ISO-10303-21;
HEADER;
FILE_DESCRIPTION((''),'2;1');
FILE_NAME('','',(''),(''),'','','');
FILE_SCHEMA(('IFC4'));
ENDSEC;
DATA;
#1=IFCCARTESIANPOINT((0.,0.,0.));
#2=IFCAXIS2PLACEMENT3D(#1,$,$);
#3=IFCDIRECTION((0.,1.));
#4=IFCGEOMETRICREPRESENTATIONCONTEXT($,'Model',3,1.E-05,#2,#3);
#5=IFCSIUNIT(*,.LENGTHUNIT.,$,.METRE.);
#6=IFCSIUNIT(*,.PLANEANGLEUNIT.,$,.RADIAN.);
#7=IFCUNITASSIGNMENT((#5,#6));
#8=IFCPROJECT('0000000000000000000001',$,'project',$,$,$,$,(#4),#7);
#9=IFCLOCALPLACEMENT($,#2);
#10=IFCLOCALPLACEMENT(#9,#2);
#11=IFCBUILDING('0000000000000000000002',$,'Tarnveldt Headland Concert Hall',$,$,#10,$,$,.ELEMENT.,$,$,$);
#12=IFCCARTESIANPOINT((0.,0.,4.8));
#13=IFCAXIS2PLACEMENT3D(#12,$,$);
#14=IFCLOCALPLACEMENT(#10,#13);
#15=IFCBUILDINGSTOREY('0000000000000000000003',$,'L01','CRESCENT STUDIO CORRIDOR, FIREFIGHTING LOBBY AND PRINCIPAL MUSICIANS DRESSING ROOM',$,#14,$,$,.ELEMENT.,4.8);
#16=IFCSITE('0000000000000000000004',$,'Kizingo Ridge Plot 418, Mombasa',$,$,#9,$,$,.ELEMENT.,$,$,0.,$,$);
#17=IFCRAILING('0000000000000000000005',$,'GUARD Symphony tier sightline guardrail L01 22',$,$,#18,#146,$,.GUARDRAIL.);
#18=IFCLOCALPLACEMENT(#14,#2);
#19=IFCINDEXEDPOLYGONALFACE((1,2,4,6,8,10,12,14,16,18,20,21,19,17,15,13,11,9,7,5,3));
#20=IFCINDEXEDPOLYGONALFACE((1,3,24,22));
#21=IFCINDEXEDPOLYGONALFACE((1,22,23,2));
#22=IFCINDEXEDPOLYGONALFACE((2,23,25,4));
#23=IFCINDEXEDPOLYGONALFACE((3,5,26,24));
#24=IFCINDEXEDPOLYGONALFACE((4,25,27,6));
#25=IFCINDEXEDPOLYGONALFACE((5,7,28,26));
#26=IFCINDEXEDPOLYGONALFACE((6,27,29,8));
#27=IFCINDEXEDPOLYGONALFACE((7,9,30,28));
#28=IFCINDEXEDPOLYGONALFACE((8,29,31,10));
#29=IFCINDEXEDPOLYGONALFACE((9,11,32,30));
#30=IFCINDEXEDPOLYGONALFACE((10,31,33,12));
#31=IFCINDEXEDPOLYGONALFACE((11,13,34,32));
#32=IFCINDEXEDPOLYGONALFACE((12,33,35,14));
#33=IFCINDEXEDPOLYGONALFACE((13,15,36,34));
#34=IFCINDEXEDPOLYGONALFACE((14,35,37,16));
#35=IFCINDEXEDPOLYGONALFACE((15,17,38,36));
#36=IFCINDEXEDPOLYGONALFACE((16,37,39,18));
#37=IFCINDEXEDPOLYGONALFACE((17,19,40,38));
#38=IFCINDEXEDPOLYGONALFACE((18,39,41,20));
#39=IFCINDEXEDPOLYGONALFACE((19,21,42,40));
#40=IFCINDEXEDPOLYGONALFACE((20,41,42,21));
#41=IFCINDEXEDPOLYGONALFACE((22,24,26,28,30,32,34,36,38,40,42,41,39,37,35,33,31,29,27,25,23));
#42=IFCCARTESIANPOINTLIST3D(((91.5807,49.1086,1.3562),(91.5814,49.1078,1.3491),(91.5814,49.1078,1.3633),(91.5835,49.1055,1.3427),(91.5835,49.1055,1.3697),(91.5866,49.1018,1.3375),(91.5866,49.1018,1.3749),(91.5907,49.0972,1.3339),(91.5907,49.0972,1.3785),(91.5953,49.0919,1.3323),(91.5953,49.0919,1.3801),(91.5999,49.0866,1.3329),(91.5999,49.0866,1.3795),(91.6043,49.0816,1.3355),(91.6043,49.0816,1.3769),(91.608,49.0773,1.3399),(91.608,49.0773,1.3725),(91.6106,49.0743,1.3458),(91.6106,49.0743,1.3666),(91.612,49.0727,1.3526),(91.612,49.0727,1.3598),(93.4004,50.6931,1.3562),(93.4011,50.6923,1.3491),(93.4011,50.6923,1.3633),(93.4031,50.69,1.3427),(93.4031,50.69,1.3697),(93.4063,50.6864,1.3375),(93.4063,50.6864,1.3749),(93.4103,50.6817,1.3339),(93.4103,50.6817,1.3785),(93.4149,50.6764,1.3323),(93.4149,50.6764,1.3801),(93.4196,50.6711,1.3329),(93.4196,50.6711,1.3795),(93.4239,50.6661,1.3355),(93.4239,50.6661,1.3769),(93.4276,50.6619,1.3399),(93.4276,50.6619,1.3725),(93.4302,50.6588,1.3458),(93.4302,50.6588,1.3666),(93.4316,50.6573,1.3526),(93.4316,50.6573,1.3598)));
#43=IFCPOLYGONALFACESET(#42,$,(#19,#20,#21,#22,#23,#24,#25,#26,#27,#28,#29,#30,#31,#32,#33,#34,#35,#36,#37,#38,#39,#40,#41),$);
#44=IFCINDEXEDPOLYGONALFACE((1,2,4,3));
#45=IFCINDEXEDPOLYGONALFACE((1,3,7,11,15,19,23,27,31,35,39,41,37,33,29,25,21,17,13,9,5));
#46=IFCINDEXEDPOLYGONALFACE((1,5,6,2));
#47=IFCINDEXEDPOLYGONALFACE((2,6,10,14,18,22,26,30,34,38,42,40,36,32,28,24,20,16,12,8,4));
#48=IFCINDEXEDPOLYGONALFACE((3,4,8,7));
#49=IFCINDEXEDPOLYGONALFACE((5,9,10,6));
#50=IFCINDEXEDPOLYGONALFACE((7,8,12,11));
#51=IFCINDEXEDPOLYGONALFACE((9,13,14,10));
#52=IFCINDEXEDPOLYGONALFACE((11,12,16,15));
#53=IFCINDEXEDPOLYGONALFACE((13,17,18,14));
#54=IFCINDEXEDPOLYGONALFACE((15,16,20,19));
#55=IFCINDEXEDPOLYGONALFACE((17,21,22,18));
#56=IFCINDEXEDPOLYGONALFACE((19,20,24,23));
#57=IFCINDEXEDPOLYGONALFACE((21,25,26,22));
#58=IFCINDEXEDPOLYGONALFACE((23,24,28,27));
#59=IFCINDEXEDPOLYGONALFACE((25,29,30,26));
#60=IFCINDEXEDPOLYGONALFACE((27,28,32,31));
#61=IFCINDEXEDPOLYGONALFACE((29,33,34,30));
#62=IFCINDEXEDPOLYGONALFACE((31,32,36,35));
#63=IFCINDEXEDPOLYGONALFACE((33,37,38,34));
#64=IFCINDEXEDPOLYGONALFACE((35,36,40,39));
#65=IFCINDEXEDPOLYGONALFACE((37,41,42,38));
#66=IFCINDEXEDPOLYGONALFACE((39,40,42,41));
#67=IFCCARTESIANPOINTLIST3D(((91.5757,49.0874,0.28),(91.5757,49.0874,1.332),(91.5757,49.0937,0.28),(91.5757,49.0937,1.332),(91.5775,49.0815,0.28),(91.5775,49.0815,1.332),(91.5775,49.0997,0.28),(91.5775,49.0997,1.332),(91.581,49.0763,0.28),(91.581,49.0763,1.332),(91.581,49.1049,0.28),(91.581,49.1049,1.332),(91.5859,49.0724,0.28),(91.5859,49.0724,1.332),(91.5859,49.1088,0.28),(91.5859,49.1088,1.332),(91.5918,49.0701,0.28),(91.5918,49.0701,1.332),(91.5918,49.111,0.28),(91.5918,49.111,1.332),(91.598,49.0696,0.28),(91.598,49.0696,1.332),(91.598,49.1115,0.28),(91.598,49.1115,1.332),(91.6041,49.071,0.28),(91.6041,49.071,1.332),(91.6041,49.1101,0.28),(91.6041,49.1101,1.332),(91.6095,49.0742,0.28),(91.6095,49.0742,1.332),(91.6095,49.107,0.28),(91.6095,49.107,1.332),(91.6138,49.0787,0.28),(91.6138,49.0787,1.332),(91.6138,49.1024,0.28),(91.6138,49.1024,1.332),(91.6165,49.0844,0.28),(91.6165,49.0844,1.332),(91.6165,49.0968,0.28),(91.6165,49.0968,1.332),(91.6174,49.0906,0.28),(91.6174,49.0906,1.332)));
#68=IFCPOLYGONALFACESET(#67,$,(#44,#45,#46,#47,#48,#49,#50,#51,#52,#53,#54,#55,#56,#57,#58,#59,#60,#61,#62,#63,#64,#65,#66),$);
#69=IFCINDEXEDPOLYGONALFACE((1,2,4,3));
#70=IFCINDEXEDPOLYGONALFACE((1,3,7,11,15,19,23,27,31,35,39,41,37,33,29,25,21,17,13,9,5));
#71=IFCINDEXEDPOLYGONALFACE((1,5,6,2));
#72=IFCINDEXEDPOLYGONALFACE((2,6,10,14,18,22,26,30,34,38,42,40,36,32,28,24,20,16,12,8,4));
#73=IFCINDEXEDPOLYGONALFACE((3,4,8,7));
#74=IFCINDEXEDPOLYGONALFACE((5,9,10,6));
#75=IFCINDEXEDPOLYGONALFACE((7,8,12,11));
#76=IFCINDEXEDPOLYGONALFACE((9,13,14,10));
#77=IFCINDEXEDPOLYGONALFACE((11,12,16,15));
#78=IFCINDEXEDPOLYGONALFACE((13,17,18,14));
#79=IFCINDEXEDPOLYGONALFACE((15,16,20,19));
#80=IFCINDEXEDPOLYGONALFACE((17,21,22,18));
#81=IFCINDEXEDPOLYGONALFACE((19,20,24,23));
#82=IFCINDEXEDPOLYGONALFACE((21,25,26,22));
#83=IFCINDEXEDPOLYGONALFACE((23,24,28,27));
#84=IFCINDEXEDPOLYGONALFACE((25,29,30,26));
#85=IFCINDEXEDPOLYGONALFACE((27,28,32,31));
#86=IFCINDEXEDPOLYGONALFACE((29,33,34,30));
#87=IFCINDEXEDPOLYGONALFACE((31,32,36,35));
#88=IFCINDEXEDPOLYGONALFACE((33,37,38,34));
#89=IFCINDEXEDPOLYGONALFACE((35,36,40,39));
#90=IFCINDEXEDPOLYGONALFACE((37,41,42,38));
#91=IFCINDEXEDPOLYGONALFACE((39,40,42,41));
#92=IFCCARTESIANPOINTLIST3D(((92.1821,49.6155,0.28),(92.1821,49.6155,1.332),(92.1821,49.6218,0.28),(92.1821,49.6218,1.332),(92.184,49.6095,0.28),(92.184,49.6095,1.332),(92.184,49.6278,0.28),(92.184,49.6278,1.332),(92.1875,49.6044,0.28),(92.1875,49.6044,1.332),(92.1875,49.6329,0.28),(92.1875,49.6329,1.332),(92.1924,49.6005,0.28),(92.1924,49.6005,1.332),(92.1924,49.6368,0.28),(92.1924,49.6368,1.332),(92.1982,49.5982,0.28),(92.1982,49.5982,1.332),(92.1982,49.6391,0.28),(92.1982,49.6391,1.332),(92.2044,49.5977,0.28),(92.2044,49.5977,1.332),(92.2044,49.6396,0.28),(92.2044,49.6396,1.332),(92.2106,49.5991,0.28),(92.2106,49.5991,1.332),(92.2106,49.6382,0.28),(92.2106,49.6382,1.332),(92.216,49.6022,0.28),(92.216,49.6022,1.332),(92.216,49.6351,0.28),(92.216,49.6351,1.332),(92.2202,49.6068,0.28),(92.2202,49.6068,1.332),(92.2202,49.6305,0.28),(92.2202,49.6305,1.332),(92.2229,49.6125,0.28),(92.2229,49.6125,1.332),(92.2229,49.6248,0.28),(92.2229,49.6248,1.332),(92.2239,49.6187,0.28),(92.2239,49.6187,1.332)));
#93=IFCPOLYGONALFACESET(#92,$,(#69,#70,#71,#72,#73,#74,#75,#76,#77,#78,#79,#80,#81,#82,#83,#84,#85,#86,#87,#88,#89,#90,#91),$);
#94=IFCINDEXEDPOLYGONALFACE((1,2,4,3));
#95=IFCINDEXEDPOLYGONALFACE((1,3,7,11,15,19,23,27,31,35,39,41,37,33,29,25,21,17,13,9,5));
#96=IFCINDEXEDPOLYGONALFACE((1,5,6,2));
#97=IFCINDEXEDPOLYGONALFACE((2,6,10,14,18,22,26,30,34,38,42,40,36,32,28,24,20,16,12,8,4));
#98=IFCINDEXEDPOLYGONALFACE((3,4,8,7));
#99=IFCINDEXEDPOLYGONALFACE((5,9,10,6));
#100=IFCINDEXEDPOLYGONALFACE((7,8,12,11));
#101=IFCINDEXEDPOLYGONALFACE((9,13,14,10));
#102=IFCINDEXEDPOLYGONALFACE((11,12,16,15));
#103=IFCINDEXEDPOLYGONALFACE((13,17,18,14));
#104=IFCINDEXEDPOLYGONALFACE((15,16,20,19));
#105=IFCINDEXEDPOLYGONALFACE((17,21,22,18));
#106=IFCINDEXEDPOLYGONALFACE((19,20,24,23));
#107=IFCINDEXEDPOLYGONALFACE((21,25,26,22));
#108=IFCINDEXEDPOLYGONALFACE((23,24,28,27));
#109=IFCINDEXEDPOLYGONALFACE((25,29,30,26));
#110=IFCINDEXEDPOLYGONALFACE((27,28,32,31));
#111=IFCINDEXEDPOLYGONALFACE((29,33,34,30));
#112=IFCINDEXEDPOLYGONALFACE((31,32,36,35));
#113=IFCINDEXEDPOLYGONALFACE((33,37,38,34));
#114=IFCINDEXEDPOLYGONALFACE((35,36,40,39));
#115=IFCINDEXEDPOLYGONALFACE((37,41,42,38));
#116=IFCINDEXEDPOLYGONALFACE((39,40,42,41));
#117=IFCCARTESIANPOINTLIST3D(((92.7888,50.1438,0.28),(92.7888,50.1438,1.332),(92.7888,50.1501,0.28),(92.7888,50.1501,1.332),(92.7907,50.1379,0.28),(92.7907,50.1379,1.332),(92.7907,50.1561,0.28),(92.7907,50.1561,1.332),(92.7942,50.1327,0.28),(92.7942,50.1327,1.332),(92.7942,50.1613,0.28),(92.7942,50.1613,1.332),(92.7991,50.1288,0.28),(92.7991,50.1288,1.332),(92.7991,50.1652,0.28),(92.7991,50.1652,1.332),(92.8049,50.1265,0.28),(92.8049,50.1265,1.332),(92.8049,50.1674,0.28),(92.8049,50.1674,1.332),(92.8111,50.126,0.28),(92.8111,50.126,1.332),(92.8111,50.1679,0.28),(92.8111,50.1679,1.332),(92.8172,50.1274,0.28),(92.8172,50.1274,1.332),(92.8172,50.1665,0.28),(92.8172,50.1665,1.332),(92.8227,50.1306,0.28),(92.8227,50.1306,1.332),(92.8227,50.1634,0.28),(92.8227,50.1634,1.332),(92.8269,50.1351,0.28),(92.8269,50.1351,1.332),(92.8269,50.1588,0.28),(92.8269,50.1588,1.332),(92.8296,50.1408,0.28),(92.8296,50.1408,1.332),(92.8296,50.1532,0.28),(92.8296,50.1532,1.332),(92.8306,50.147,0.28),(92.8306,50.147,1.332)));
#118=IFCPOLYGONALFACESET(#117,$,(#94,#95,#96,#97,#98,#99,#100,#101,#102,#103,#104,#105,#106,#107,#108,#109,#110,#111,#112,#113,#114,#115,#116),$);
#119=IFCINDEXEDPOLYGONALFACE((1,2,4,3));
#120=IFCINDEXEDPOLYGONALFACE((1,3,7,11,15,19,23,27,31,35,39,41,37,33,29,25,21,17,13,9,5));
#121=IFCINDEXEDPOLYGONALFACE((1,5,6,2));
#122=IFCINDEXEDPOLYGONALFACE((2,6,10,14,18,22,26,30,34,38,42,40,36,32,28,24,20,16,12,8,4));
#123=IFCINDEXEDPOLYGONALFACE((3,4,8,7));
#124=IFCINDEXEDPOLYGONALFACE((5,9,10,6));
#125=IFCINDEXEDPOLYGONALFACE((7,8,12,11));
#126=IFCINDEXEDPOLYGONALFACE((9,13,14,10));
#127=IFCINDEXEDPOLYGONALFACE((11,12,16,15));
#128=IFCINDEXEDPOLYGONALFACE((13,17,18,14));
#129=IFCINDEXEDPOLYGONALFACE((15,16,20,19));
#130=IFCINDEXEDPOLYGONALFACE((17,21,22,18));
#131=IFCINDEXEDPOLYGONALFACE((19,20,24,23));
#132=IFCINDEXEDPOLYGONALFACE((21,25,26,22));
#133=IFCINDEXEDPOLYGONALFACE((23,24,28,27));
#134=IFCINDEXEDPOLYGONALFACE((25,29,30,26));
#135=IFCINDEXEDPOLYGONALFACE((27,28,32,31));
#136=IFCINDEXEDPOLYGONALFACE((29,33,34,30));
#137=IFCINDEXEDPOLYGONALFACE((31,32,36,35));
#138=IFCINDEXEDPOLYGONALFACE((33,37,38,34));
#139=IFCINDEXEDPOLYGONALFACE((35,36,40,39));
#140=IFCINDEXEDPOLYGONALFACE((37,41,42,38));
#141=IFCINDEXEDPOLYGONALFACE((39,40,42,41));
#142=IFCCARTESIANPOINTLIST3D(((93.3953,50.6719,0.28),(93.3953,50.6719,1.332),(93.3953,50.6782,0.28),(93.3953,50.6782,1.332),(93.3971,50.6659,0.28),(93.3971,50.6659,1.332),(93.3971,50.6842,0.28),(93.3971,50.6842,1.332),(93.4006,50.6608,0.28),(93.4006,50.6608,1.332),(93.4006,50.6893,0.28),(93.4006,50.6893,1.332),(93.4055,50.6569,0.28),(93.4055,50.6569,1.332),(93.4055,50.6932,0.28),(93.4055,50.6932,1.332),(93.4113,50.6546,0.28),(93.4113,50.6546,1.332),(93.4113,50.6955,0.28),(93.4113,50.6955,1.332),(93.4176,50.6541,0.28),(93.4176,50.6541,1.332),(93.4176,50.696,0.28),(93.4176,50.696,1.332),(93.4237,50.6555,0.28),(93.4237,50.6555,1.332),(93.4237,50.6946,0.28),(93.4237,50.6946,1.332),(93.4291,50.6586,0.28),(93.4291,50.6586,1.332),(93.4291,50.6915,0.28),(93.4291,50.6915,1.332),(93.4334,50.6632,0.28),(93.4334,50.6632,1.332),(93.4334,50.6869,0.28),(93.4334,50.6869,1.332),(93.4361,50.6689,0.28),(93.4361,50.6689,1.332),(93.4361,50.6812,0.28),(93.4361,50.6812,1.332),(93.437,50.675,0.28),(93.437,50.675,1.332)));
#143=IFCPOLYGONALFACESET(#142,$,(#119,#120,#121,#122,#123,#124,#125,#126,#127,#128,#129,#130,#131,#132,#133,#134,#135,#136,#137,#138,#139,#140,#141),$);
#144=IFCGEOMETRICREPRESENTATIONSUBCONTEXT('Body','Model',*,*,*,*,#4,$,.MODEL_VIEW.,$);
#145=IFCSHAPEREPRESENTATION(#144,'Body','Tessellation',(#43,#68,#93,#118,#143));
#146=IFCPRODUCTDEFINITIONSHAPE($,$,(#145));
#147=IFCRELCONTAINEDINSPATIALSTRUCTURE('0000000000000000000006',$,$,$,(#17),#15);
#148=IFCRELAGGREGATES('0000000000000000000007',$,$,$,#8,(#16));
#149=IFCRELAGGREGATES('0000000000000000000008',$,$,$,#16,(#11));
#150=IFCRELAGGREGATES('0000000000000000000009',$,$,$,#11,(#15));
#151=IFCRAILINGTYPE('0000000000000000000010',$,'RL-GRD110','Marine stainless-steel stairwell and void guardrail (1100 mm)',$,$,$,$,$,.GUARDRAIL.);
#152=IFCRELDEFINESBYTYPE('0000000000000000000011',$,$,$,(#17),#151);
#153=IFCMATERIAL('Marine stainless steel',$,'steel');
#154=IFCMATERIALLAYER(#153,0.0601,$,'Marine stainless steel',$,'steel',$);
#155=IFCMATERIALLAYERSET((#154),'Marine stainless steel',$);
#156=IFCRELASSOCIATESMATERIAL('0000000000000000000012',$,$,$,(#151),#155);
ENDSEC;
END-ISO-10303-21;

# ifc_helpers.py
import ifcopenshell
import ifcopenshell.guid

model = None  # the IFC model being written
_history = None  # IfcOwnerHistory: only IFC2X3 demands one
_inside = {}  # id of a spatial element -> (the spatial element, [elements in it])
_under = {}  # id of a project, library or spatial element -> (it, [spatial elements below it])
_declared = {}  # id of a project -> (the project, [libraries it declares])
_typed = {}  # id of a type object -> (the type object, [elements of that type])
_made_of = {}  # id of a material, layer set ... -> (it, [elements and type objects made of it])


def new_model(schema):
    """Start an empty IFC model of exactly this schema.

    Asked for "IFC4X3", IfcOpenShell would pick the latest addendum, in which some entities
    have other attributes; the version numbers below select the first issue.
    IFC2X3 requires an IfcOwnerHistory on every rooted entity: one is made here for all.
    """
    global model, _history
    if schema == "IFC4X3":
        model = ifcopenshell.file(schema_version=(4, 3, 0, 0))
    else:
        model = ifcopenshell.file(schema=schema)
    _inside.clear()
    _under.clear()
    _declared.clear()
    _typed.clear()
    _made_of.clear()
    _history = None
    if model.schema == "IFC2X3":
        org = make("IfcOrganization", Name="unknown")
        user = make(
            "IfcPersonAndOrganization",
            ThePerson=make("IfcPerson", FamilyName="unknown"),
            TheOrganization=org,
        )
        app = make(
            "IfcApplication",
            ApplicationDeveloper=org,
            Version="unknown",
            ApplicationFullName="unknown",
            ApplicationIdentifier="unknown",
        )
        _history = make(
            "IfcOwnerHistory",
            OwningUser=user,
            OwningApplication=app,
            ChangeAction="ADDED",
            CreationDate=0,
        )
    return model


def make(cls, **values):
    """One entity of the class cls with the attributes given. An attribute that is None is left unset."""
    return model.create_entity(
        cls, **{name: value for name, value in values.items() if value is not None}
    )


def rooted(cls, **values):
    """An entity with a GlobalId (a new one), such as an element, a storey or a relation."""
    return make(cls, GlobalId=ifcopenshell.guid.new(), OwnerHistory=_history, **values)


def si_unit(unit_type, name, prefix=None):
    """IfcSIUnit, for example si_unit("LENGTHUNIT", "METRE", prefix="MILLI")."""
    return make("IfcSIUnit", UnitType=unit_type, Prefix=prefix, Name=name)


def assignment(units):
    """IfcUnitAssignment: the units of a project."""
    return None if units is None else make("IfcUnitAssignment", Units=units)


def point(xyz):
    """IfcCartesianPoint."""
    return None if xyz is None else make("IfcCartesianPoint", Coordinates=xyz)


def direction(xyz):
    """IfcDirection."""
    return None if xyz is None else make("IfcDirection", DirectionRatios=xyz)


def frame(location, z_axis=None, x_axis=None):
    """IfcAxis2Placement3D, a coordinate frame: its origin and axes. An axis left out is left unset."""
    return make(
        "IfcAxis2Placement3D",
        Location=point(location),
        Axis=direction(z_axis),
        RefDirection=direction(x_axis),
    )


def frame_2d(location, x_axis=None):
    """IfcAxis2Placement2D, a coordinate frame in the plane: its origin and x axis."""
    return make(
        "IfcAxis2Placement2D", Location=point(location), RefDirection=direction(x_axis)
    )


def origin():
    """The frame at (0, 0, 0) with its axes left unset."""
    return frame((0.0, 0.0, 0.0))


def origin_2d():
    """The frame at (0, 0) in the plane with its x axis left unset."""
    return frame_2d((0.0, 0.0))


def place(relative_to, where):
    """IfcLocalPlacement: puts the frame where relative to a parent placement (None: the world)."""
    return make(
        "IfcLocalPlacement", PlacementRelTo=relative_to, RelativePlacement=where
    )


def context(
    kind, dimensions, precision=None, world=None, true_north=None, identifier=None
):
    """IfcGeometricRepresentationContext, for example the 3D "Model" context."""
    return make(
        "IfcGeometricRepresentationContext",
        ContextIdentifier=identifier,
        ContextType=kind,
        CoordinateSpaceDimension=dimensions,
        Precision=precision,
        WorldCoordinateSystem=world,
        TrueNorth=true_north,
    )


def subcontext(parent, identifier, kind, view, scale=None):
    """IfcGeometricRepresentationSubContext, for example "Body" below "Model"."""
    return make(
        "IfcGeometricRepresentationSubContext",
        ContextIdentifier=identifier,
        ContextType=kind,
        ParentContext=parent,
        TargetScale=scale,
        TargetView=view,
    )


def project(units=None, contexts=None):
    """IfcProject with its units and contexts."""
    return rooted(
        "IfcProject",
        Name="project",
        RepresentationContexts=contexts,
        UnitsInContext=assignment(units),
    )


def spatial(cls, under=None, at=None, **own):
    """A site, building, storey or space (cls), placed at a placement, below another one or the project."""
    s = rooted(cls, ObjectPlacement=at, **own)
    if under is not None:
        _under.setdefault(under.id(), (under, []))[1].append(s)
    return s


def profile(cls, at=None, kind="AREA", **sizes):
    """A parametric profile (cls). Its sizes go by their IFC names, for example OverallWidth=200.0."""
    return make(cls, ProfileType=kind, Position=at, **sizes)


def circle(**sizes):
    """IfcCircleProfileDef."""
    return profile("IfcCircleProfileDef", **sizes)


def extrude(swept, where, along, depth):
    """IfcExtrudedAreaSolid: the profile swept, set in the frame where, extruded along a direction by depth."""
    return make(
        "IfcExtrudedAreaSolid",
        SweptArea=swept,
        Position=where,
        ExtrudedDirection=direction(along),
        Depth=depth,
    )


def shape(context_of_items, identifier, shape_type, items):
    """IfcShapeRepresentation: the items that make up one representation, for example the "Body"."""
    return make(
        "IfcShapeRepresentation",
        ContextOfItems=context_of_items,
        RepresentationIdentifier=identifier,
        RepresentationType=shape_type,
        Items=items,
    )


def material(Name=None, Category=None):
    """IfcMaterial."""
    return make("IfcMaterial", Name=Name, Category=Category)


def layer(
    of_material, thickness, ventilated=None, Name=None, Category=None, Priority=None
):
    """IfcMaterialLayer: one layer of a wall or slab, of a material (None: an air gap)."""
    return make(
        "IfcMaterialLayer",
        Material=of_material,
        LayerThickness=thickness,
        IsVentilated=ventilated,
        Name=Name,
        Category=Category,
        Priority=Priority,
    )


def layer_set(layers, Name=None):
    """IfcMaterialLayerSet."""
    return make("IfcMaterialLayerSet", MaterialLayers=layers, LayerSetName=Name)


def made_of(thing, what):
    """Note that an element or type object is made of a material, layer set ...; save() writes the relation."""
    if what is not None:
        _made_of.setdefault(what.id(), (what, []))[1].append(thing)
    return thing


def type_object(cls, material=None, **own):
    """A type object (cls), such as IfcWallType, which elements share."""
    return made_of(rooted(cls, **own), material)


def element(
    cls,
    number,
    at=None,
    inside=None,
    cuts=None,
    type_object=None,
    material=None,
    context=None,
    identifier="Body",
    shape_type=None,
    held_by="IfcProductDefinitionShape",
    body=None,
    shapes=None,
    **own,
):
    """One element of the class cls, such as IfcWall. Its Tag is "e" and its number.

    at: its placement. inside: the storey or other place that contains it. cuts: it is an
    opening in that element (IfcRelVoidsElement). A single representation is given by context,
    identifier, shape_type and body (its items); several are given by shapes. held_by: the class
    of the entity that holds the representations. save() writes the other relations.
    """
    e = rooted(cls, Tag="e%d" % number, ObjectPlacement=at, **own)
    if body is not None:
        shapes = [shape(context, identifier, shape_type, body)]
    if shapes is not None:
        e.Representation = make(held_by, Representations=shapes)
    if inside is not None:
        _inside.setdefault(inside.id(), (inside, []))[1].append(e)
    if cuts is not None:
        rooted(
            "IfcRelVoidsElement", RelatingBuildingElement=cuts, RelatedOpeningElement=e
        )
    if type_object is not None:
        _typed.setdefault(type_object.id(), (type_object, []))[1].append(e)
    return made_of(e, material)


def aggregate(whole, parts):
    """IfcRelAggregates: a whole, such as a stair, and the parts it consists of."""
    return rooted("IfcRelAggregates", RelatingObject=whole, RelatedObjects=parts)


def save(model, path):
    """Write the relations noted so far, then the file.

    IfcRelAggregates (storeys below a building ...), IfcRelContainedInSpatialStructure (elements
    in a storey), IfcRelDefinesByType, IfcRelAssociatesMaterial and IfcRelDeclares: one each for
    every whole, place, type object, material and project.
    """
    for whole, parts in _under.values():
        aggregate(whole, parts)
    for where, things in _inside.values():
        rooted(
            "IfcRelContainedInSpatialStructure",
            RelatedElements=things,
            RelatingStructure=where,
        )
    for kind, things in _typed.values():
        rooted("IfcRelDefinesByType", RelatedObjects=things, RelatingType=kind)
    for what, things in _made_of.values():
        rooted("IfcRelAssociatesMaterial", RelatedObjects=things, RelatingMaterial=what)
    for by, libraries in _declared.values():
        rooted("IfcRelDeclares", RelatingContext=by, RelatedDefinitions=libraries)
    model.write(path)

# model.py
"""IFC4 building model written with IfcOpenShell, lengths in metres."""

from ifc_helpers import new_model, si_unit, direction, frame, origin, origin_2d, place, context, subcontext, project, spatial, circle, extrude, material, layer, layer_set, type_object, element, save


model = new_model("IFC4")

# Units and contexts
model_context = context("Model", 3, precision=1e-05, world=origin(), true_north=direction((0.0, 1.0)))
body_context = subcontext(model_context, "Body", "Model", "MODEL_VIEW")
ifc_project = project(units=[si_unit("LENGTHUNIT", "METRE"), si_unit("PLANEANGLEUNIT", "RADIAN")], contexts=[model_context])

# Site, building, storey
site_placement = place(None, origin())
site = spatial("IfcSite", under=ifc_project, at=site_placement, Name="Kizingo Ridge Plot 418, Mombasa", CompositionType="ELEMENT", RefElevation=0.0)
building_placement = place(site_placement, origin())
building = spatial("IfcBuilding", under=site, at=building_placement, Name="Tarnveldt Headland Concert Hall", CompositionType="ELEMENT")
storey_placement = place(building_placement, frame((0.0, 0.0, 4.8)))
storey = spatial("IfcBuildingStorey", under=building, at=storey_placement, Name="L01", Description="CRESCENT STUDIO CORRIDOR, FIREFIGHTING LOBBY AND PRINCIPAL MUSICIANS DRESSING ROOM", CompositionType="ELEMENT", Elevation=4.8)

# Railing
ifc_material_1 = material(Name="Marine stainless steel", Category="steel")
ifc_layer_1 = layer(ifc_material_1, 0.0601, Name="Marine stainless steel", Category="steel")
ifc_layer_set_1 = layer_set([ifc_layer_1], Name="Marine stainless steel")
railing_type = type_object("IfcRailingType", Name="RL-GRD110", Description="Marine stainless-steel stairwell and void guardrail (1100 mm)", PredefinedType="GUARDRAIL", material=ifc_layer_set_1)
railing_1_placement = place(storey_placement, frame((91.5964, 49.0906, 0.28)))
element("IfcRailing", 1, at=railing_1_placement, inside=storey, type_object=railing_type, Name="GUARD Symphony tier sightline guardrail L01 22", PredefinedType="GUARDRAIL", context=body_context, shape_type="SweptSolid", body=[
    extrude(circle(Radius=0.0239, at=origin_2d()), frame((0.0, 0.0, 1.0762), z_axis=(0.754148, 0.656705, 0.0), x_axis=(-0.656705, 0.754148, 0.0)), (0.0, 0.0, 1.0), 2.4128),
    extrude(circle(Radius=0.021, at=origin_2d()), origin(), (0.0, 0.0, 1.0), 1.052),
    extrude(circle(Radius=0.021, at=origin_2d()), frame((0.6064, 0.5281, 0.0)), (0.0, 0.0, 1.0), 1.052),
    extrude(circle(Radius=0.021, at=origin_2d()), frame((1.2131, 1.0564, 0.0)), (0.0, 0.0, 1.0), 1.052),
    extrude(circle(Radius=0.021, at=origin_2d()), frame((1.8196, 1.5845, 0.0)), (0.0, 0.0, 1.0), 1.052),
])

save(model, "model.ifc")
